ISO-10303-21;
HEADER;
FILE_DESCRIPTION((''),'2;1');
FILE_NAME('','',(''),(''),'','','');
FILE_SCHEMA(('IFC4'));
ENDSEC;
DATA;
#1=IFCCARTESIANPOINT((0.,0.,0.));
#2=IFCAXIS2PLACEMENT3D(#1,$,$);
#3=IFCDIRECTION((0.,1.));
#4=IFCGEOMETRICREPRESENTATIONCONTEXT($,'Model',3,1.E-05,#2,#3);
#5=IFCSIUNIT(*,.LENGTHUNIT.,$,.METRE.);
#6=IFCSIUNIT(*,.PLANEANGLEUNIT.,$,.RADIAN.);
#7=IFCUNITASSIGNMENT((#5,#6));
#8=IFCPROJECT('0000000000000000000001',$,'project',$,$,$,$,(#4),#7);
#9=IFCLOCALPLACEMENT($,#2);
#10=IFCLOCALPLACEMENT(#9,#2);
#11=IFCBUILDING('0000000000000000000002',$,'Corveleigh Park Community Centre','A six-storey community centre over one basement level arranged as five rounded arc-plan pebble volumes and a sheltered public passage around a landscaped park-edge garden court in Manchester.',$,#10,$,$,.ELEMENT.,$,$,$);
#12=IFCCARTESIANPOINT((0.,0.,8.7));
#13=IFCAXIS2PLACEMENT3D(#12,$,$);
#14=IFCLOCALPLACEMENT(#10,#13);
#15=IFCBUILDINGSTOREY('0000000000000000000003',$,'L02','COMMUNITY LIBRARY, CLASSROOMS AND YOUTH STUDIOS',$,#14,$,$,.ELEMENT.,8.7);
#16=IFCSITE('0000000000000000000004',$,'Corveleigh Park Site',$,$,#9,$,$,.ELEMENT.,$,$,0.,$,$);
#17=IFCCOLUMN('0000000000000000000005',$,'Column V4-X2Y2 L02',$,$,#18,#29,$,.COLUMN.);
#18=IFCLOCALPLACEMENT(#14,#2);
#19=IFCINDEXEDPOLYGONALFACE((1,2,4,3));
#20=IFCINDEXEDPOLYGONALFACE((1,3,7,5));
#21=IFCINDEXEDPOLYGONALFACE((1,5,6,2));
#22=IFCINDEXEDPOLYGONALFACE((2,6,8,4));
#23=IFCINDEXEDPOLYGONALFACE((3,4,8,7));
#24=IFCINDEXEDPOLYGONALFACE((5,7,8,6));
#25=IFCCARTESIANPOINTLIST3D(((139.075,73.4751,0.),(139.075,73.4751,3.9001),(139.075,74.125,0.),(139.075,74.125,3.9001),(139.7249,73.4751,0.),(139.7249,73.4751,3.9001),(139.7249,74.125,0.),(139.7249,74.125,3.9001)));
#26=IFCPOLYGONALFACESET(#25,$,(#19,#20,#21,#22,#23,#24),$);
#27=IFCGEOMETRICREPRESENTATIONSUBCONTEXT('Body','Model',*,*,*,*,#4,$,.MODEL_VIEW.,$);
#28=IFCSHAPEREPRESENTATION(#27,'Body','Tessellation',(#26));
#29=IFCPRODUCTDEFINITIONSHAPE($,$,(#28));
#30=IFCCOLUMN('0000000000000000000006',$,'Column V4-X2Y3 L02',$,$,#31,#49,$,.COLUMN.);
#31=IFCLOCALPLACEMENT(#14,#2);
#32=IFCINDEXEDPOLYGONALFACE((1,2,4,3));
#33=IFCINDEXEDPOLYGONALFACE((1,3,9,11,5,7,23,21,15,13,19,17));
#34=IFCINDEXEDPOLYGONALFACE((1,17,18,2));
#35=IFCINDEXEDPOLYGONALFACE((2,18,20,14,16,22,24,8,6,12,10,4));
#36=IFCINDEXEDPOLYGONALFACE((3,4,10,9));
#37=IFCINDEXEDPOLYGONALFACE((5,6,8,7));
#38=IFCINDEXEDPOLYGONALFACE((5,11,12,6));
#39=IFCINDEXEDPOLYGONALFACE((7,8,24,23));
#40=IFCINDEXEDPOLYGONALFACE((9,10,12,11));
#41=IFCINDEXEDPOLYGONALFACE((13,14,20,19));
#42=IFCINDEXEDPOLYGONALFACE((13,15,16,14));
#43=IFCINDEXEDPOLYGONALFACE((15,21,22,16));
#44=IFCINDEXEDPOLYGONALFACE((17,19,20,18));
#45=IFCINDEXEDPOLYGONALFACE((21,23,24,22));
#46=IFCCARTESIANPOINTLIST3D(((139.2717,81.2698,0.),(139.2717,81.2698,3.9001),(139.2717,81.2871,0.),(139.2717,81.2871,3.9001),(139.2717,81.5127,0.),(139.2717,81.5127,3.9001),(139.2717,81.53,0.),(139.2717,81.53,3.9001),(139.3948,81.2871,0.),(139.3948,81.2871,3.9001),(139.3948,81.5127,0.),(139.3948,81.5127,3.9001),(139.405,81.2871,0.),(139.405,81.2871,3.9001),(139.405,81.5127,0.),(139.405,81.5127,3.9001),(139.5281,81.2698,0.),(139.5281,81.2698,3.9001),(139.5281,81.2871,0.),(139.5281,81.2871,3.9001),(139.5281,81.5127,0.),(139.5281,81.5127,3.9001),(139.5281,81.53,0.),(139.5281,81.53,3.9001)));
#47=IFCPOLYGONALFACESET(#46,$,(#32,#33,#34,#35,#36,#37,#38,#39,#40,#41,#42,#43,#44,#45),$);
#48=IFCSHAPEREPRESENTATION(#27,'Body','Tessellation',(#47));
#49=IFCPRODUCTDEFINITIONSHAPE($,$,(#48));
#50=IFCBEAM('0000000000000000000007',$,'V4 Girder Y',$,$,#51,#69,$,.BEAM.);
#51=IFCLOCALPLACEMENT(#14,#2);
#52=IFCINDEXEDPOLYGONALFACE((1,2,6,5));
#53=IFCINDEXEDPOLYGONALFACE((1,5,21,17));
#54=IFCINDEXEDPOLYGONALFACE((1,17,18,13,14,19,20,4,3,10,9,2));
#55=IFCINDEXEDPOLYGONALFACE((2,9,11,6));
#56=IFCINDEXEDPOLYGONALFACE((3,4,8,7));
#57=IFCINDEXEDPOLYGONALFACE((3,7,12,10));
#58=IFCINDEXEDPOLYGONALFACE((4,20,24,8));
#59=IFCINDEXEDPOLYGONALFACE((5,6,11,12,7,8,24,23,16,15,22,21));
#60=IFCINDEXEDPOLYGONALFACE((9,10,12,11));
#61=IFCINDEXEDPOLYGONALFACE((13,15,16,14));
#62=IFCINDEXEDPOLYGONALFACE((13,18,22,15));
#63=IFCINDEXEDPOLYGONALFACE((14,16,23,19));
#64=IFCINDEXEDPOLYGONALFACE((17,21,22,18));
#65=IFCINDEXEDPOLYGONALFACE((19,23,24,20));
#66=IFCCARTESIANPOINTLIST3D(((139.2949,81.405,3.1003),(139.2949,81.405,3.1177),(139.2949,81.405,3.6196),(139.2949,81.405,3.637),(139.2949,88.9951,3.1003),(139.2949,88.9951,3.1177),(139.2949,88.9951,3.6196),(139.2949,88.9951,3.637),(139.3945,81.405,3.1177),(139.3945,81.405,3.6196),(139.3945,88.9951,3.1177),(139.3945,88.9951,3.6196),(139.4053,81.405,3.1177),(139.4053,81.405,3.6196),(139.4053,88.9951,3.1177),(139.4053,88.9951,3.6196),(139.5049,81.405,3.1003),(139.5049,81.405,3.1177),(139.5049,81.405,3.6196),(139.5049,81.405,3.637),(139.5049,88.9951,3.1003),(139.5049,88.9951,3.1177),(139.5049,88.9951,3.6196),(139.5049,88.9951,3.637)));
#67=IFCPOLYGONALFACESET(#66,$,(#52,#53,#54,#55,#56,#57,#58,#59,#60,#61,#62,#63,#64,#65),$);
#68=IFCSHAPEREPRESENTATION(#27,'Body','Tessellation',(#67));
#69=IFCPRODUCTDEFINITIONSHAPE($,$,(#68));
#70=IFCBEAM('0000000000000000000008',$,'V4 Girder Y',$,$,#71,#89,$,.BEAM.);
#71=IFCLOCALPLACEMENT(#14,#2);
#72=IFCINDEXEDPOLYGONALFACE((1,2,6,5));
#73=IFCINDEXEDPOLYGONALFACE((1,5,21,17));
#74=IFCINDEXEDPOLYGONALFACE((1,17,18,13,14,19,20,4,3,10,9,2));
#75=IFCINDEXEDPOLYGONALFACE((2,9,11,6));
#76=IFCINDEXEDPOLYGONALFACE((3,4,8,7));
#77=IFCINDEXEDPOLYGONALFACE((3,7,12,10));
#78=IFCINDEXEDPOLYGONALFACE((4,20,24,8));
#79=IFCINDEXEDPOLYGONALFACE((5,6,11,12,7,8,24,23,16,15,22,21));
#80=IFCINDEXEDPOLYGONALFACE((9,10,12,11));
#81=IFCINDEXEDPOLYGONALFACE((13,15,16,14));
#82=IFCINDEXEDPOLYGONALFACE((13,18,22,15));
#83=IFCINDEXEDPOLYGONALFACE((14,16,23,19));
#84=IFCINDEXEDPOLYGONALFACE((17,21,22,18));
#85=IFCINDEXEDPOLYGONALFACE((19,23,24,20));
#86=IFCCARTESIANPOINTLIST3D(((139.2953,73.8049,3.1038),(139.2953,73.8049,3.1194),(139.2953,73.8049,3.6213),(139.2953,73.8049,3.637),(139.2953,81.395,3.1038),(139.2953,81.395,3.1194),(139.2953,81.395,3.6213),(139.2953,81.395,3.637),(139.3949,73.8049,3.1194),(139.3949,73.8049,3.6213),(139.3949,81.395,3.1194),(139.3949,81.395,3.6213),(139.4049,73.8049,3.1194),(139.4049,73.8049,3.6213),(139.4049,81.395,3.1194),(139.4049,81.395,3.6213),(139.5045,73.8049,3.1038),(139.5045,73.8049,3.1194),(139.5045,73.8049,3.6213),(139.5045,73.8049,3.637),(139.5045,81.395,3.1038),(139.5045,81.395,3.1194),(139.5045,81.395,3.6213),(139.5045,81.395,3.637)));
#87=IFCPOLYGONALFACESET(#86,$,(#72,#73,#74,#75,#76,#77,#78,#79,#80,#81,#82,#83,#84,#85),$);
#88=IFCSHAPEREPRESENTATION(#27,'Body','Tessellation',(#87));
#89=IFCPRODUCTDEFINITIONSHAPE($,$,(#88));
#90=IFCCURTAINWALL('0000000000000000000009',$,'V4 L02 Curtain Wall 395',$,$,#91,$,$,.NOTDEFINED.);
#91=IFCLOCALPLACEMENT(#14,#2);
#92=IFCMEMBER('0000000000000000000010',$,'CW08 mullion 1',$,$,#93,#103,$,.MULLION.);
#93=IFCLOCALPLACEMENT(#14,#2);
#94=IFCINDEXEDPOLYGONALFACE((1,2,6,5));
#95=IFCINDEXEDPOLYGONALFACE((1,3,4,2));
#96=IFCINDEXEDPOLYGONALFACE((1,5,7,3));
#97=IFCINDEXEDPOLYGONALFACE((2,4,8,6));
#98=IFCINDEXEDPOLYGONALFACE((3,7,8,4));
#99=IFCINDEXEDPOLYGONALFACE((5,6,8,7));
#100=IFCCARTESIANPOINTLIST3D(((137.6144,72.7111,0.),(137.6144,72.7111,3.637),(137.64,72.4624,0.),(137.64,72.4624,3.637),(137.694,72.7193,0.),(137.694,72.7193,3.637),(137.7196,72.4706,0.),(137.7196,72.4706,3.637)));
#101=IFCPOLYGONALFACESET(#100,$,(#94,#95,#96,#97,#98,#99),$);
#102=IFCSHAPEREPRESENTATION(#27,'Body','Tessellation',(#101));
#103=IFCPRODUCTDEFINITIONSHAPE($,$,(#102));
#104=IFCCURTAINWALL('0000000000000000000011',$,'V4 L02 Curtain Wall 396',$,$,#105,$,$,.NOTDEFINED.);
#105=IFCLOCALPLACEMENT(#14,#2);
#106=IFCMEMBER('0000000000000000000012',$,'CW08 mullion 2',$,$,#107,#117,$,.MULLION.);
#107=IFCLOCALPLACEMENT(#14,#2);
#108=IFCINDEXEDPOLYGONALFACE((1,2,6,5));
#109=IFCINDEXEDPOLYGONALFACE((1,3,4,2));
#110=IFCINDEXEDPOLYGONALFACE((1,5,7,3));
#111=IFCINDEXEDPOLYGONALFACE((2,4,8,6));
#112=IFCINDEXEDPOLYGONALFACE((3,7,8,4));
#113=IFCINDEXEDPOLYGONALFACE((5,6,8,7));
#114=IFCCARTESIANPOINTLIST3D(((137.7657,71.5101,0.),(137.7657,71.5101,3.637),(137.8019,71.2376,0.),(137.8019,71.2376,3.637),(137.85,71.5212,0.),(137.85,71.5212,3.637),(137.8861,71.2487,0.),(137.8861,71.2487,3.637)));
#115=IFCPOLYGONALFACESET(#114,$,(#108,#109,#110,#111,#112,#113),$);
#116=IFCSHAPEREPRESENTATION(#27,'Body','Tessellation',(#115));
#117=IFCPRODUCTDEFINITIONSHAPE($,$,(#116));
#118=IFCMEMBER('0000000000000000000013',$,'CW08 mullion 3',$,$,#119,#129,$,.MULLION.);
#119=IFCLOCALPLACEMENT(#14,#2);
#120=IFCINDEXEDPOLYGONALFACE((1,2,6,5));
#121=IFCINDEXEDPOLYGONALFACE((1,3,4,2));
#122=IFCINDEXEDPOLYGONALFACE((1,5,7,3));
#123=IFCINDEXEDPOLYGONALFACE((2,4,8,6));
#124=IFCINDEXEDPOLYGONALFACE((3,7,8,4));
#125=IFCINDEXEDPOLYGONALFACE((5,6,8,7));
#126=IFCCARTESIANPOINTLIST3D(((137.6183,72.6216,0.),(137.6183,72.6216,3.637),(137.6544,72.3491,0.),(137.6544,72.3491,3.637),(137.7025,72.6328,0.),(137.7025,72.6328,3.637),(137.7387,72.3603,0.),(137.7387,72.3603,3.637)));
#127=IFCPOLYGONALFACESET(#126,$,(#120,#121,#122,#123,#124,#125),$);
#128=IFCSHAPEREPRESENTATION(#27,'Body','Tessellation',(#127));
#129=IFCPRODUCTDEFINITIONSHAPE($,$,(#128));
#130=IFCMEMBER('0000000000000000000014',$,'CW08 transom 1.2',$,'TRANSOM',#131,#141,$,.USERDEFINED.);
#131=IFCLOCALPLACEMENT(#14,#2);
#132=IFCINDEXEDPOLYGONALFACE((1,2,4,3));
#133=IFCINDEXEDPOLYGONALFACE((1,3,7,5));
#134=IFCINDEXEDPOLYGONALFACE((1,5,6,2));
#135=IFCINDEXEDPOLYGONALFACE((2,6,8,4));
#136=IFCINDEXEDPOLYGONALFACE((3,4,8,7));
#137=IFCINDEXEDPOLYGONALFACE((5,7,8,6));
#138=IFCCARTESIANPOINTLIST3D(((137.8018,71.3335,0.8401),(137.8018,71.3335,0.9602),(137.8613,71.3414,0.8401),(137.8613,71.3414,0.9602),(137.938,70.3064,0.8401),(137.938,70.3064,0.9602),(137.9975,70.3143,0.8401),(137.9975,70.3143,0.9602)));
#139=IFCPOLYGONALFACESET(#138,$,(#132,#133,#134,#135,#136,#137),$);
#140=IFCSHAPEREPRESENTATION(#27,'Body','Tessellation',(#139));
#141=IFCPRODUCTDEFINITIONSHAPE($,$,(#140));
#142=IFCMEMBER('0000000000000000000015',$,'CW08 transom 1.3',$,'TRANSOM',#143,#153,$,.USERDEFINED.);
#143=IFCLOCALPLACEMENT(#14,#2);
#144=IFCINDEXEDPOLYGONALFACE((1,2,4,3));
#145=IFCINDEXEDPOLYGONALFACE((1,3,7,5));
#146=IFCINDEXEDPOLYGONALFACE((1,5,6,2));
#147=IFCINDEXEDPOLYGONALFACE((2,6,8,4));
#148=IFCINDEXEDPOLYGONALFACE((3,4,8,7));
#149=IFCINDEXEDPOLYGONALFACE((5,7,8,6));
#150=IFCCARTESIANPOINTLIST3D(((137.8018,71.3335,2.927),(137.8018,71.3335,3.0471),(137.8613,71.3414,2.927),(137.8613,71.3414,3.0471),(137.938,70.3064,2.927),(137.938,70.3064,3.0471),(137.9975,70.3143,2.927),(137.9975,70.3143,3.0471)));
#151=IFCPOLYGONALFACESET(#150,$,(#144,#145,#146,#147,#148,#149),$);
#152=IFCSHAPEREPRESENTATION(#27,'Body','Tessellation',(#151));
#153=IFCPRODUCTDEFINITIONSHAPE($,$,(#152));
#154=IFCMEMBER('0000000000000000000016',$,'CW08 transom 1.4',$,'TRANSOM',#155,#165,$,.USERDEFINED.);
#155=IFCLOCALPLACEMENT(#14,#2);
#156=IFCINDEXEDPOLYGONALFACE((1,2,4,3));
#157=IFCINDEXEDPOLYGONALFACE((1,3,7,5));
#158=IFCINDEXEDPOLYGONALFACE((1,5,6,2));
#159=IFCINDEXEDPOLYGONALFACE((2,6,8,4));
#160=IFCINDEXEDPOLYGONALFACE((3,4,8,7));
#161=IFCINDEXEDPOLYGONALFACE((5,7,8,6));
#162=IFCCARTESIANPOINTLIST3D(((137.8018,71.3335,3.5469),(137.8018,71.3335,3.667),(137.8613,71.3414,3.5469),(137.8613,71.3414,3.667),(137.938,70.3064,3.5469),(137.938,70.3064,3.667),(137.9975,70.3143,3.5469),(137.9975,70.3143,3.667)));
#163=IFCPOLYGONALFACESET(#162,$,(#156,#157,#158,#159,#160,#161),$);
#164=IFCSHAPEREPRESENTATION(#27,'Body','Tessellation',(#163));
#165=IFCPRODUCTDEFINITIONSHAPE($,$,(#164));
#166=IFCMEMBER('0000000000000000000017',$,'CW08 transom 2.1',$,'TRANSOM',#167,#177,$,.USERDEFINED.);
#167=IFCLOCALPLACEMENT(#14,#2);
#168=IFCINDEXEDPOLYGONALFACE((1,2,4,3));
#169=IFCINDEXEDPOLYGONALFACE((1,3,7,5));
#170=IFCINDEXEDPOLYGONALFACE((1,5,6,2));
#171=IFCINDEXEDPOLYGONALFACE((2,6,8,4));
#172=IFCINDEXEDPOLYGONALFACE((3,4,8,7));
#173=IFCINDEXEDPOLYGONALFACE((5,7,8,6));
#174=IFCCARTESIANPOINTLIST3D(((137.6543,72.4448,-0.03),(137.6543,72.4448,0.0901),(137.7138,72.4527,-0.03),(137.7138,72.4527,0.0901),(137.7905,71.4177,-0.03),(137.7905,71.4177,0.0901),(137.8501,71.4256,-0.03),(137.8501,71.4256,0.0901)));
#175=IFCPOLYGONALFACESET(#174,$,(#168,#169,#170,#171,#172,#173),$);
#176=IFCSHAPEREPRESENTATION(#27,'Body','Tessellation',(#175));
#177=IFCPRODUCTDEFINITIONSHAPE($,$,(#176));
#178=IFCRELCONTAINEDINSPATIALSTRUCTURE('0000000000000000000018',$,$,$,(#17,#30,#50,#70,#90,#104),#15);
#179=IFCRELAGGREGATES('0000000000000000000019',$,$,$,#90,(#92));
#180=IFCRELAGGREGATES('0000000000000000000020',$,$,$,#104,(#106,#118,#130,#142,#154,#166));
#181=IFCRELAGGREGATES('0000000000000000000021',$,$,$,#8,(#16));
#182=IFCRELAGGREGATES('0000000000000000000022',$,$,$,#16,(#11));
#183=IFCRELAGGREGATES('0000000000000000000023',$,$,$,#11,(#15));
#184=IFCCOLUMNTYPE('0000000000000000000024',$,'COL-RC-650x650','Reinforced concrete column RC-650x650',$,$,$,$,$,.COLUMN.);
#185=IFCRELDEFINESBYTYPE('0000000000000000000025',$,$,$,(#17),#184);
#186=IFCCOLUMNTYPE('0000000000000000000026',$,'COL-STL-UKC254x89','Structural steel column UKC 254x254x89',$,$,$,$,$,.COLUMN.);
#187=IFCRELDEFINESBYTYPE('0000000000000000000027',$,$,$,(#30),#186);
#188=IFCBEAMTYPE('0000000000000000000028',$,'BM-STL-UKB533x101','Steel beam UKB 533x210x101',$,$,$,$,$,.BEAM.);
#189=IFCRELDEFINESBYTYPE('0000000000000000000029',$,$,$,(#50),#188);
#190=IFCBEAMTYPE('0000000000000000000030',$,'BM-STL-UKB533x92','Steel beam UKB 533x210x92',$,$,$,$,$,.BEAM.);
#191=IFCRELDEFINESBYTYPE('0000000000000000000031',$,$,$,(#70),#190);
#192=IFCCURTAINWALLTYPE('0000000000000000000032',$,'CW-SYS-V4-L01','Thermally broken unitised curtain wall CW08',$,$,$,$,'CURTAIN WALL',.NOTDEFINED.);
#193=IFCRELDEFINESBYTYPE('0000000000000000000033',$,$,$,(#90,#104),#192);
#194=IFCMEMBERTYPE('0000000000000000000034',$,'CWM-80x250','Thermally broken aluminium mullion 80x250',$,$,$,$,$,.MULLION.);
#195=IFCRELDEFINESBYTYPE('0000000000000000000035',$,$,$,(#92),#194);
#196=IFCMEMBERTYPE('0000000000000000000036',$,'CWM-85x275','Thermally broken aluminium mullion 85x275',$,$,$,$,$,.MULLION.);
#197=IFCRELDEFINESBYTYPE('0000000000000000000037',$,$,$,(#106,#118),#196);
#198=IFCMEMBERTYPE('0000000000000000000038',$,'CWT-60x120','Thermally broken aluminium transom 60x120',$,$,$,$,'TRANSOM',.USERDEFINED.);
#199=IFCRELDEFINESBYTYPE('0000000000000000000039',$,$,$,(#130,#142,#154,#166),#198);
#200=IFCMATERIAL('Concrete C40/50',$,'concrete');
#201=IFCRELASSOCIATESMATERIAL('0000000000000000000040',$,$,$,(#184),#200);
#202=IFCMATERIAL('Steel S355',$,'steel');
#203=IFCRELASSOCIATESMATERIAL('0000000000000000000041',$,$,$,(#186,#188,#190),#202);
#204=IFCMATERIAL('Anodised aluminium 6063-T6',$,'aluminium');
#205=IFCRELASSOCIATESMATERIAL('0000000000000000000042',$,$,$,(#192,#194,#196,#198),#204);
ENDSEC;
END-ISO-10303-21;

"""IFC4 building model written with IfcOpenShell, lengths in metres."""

from ifc_helpers import new_model, si_unit, direction, frame, origin, origin_2d, place, context, subcontext, project, spatial, rectangle, i_section, extrude, material, material_profile, profile_set, type_object, element, aggregate, save


model = new_model("IFC4")

# Units and contexts
model_context = context("Model", 3, precision=1e-05, world=origin(), true_north=direction((0.0, 1.0)))
body_context = subcontext(model_context, "Body", "Model", "MODEL_VIEW")
ifc_project = project(units=[si_unit("LENGTHUNIT", "METRE"), si_unit("PLANEANGLEUNIT", "RADIAN")], contexts=[model_context])

# Site, building, storey
site_placement = place(None, origin())
site = spatial("IfcSite", under=ifc_project, at=site_placement, Name="Corveleigh Park Site", CompositionType="ELEMENT", RefElevation=0.0)
building_placement = place(site_placement, origin())
building = spatial("IfcBuilding", under=site, at=building_placement, Name="Corveleigh Park Community Centre", Description="A six-storey community centre over one basement level arranged as five rounded arc-plan pebble volumes and a sheltered public passage around a landscaped park-edge garden court in Manchester.", CompositionType="ELEMENT")
storey_placement = place(building_placement, frame((0.0, 0.0, 8.7)))
storey = spatial("IfcBuildingStorey", under=building, at=storey_placement, Name="L02", Description="COMMUNITY LIBRARY, CLASSROOMS AND YOUTH STUDIOS", CompositionType="ELEMENT", Elevation=8.7)

# Columns
ifc_material_1 = material(Name="Concrete C40/50", Category="concrete")
ifc_material_profile_1 = material_profile(ifc_material_1, rectangle(XDim=0.6499, YDim=0.6499, at=origin_2d()), Name="RC-650x650", Category="concrete")
ifc_profile_set_1 = profile_set([ifc_material_profile_1], Name="Concrete C40/50")
column_type_1 = type_object("IfcColumnType", Name="COL-RC-650x650", Description="Reinforced concrete column RC-650x650", PredefinedType="COLUMN", material=ifc_profile_set_1)
column_1_placement = place(storey_placement, frame((139.3999, 73.8, 0.0), z_axis=(0.0, 0.0, 1.0), x_axis=(1.0, 0.0, 0.0)))
element("IfcColumn", 1, at=column_1_placement, inside=storey, type_object=column_type_1, Name="Column V4-X2Y2 L02", PredefinedType="COLUMN", context=body_context, shape_type="SweptSolid", body=[
    extrude(rectangle(XDim=0.6499, YDim=0.6499, at=origin_2d()), origin(), (0.0, 0.0, 1.0), 3.9001),
])
ifc_material_2 = material(Name="Steel S355", Category="steel")
ifc_material_profile_2 = material_profile(ifc_material_2, i_section(OverallWidth=0.2563, OverallDepth=0.2603, WebThickness=0.0103, FlangeThickness=0.0173, at=origin_2d()), Name="UKC 254x254x89", Category="steel")
ifc_profile_set_2 = profile_set([ifc_material_profile_2], Name="Steel S355")
column_type_2 = type_object("IfcColumnType", Name="COL-STL-UKC254x89", Description="Structural steel column UKC 254x254x89", PredefinedType="COLUMN", material=ifc_profile_set_2)
column_2_placement = place(storey_placement, frame((139.3999, 81.3999, 0.0), z_axis=(0.0, 0.0, 1.0), x_axis=(1.0, 0.0, 0.0)))
element("IfcColumn", 2, at=column_2_placement, inside=storey, type_object=column_type_2, Name="Column V4-X2Y3 L02", PredefinedType="COLUMN", context=body_context, shape_type="SweptSolid", body=[
    extrude(i_section(OverallWidth=0.2563, OverallDepth=0.2603, WebThickness=0.0103, FlangeThickness=0.0173, at=origin_2d()), origin(), (0.0, 0.0, 1.0), 3.9001),
])

# Beams
ifc_material_profile_3 = material_profile(ifc_material_2, i_section(OverallWidth=0.21, OverallDepth=0.5366, WebThickness=0.0107, FlangeThickness=0.0173, at=origin_2d()), Name="UKB 533x210x101", Category="steel")
ifc_profile_set_3 = profile_set([ifc_material_profile_3], Name="Steel S355")
beam_type_1 = type_object("IfcBeamType", Name="BM-STL-UKB533x101", Description="Steel beam UKB 533x210x101", PredefinedType="BEAM", material=ifc_profile_set_3)
beam_1_placement = place(storey_placement, frame((139.3999, 81.405, 3.3687), z_axis=(0.0, 1.0, 0.0), x_axis=(-1.0, 0.0, 0.0)))
element("IfcBeam", 3, at=beam_1_placement, inside=storey, type_object=beam_type_1, Name="V4 Girder Y", PredefinedType="BEAM", context=body_context, shape_type="SweptSolid", body=[
    extrude(i_section(OverallWidth=0.21, OverallDepth=0.5366, WebThickness=0.0107, FlangeThickness=0.0173, at=origin_2d()), origin(), (0.0, 0.0, 1.0), 7.5901),
])
ifc_material_profile_4 = material_profile(ifc_material_2, i_section(OverallWidth=0.2092, OverallDepth=0.5332, WebThickness=0.01, FlangeThickness=0.0156, at=origin_2d()), Name="UKB 533x210x92", Category="steel")
ifc_profile_set_4 = profile_set([ifc_material_profile_4], Name="Steel S355")
beam_type_2 = type_object("IfcBeamType", Name="BM-STL-UKB533x92", Description="Steel beam UKB 533x210x92", PredefinedType="BEAM", material=ifc_profile_set_4)
beam_2_placement = place(storey_placement, frame((139.3999, 73.8049, 3.3704), z_axis=(0.0, 1.0, 0.0), x_axis=(-1.0, 0.0, 0.0)))
element("IfcBeam", 4, at=beam_2_placement, inside=storey, type_object=beam_type_2, Name="V4 Girder Y", PredefinedType="BEAM", context=body_context, shape_type="SweptSolid", body=[
    extrude(i_section(OverallWidth=0.2092, OverallDepth=0.5332, WebThickness=0.01, FlangeThickness=0.0156, at=origin_2d()), origin(), (0.0, 0.0, 1.0), 7.5901),
])

# Curtain wall, member
ifc_material_3 = material(Name="Anodised aluminium 6063-T6", Category="aluminium")
curtain_wall_type = type_object("IfcCurtainWallType", Name="CW-SYS-V4-L01", Description="Thermally broken unitised curtain wall CW08", ElementType="CURTAIN WALL", PredefinedType="NOTDEFINED", material=ifc_material_3)
curtain_wall_1_placement = place(storey_placement, origin())
curtain_wall_1 = element("IfcCurtainWall", 5, at=curtain_wall_1_placement, inside=storey, type_object=curtain_wall_type, Name="V4 L02 Curtain Wall 395", PredefinedType="NOTDEFINED")
ifc_material_profile_5 = material_profile(ifc_material_3, rectangle(XDim=0.0801, YDim=0.25, at=origin_2d()), Name="ALU-M80x250", Category="aluminium")
ifc_profile_set_5 = profile_set([ifc_material_profile_5], Name="Anodised aluminium 6063-T6")
member_type_1 = type_object("IfcMemberType", Name="CWM-80x250", Description="Thermally broken aluminium mullion 80x250", PredefinedType="MULLION", material=ifc_profile_set_5)
member_1_placement = place(storey_placement, frame((137.667, 72.5908, 0.0), z_axis=(0.0, 0.0, 1.0), x_axis=(-0.994752, -0.102312, 0.0)))
member_1 = element("IfcMember", 6, at=member_1_placement, type_object=member_type_1, Name="CW08 mullion 1", PredefinedType="MULLION", context=body_context, shape_type="SweptSolid", body=[
    extrude(rectangle(XDim=0.0801, YDim=0.25, at=origin_2d()), origin(), (0.0, 0.0, 1.0), 3.637),
])

# Curtain wall, members
curtain_wall_2_placement = place(storey_placement, origin())
curtain_wall_2 = element("IfcCurtainWall", 7, at=curtain_wall_2_placement, inside=storey, type_object=curtain_wall_type, Name="V4 L02 Curtain Wall 396", PredefinedType="NOTDEFINED")
ifc_material_profile_6 = material_profile(ifc_material_3, rectangle(XDim=0.085, YDim=0.2749, at=origin_2d()), Name="ALU-M85x275", Category="aluminium")
ifc_profile_set_6 = profile_set([ifc_material_profile_6], Name="Anodised aluminium 6063-T6")
member_type_2 = type_object("IfcMemberType", Name="CWM-85x275", Description="Thermally broken aluminium mullion 85x275", PredefinedType="MULLION", material=ifc_profile_set_6)
member_2_placement = place(storey_placement, frame((137.8259, 71.3794, 0.0), z_axis=(0.0, 0.0, 1.0), x_axis=(-0.991318, -0.131488, 0.0)))
member_2 = element("IfcMember", 8, at=member_2_placement, type_object=member_type_2, Name="CW08 mullion 2", PredefinedType="MULLION", context=body_context, shape_type="SweptSolid", body=[
    extrude(rectangle(XDim=0.085, YDim=0.2749, at=origin_2d()), origin(), (0.0, 0.0, 1.0), 3.637),
])
member_3_placement = place(storey_placement, frame((137.6785, 72.491, 0.0), z_axis=(0.0, 0.0, 1.0), x_axis=(-0.991318, -0.131488, 0.0)))
member_3 = element("IfcMember", 9, at=member_3_placement, type_object=member_type_2, Name="CW08 mullion 3", PredefinedType="MULLION", context=body_context, shape_type="SweptSolid", body=[
    extrude(rectangle(XDim=0.085, YDim=0.2749, at=origin_2d()), origin(), (0.0, 0.0, 1.0), 3.637),
])
ifc_material_profile_7 = material_profile(ifc_material_3, rectangle(XDim=0.0601, YDim=0.1201, at=origin_2d()), Name="ALU-T60x120", Category="aluminium")
ifc_profile_set_7 = profile_set([ifc_material_profile_7], Name="Anodised aluminium 6063-T6")
member_type_3 = type_object("IfcMemberType", Name="CWT-60x120", Description="Thermally broken aluminium transom 60x120", ElementType="TRANSOM", PredefinedType="USERDEFINED", material=ifc_profile_set_7)
member_4_placement = place(storey_placement, frame((137.9678, 70.3103, 0.9001), z_axis=(-0.131485, 0.991318, 0.0), x_axis=(-0.991318, -0.131485, 0.0)))
member_4 = element("IfcMember", 10, at=member_4_placement, type_object=member_type_3, Name="CW08 transom 1.2", ObjectType="TRANSOM", PredefinedType="USERDEFINED", context=body_context, shape_type="SweptSolid", body=[
    extrude(rectangle(XDim=0.0601, YDim=0.1201, at=origin_2d()), origin(), (0.0, 0.0, 1.0), 1.0361),
])
member_5_placement = place(storey_placement, frame((137.9678, 70.3103, 2.9871), z_axis=(-0.131485, 0.991318, 0.0), x_axis=(-0.991318, -0.131485, 0.0)))
member_5 = element("IfcMember", 11, at=member_5_placement, type_object=member_type_3, Name="CW08 transom 1.3", ObjectType="TRANSOM", PredefinedType="USERDEFINED", context=body_context, shape_type="SweptSolid", body=[
    extrude(rectangle(XDim=0.0601, YDim=0.1201, at=origin_2d()), origin(), (0.0, 0.0, 1.0), 1.0361),
])
member_6_placement = place(storey_placement, frame((137.9678, 70.3103, 3.6069), z_axis=(-0.131485, 0.991318, 0.0), x_axis=(-0.991318, -0.131485, 0.0)))
member_6 = element("IfcMember", 12, at=member_6_placement, type_object=member_type_3, Name="CW08 transom 1.4", ObjectType="TRANSOM", PredefinedType="USERDEFINED", context=body_context, shape_type="SweptSolid", body=[
    extrude(rectangle(XDim=0.0601, YDim=0.1201, at=origin_2d()), origin(), (0.0, 0.0, 1.0), 1.0361),
])
member_7_placement = place(storey_placement, frame((137.8203, 71.4216, 0.03), z_axis=(-0.131485, 0.991318, 0.0), x_axis=(-0.991318, -0.131485, 0.0)))
member_7 = element("IfcMember", 13, at=member_7_placement, type_object=member_type_3, Name="CW08 transom 2.1", ObjectType="TRANSOM", PredefinedType="USERDEFINED", context=body_context, shape_type="SweptSolid", body=[
    extrude(rectangle(XDim=0.0601, YDim=0.1201, at=origin_2d()), origin(), (0.0, 0.0, 1.0), 1.0361),
])

aggregate(curtain_wall_1, [member_1])
aggregate(curtain_wall_2, [member_2, member_3, member_4, member_5, member_6, member_7])

save(model, "model.ifc")
